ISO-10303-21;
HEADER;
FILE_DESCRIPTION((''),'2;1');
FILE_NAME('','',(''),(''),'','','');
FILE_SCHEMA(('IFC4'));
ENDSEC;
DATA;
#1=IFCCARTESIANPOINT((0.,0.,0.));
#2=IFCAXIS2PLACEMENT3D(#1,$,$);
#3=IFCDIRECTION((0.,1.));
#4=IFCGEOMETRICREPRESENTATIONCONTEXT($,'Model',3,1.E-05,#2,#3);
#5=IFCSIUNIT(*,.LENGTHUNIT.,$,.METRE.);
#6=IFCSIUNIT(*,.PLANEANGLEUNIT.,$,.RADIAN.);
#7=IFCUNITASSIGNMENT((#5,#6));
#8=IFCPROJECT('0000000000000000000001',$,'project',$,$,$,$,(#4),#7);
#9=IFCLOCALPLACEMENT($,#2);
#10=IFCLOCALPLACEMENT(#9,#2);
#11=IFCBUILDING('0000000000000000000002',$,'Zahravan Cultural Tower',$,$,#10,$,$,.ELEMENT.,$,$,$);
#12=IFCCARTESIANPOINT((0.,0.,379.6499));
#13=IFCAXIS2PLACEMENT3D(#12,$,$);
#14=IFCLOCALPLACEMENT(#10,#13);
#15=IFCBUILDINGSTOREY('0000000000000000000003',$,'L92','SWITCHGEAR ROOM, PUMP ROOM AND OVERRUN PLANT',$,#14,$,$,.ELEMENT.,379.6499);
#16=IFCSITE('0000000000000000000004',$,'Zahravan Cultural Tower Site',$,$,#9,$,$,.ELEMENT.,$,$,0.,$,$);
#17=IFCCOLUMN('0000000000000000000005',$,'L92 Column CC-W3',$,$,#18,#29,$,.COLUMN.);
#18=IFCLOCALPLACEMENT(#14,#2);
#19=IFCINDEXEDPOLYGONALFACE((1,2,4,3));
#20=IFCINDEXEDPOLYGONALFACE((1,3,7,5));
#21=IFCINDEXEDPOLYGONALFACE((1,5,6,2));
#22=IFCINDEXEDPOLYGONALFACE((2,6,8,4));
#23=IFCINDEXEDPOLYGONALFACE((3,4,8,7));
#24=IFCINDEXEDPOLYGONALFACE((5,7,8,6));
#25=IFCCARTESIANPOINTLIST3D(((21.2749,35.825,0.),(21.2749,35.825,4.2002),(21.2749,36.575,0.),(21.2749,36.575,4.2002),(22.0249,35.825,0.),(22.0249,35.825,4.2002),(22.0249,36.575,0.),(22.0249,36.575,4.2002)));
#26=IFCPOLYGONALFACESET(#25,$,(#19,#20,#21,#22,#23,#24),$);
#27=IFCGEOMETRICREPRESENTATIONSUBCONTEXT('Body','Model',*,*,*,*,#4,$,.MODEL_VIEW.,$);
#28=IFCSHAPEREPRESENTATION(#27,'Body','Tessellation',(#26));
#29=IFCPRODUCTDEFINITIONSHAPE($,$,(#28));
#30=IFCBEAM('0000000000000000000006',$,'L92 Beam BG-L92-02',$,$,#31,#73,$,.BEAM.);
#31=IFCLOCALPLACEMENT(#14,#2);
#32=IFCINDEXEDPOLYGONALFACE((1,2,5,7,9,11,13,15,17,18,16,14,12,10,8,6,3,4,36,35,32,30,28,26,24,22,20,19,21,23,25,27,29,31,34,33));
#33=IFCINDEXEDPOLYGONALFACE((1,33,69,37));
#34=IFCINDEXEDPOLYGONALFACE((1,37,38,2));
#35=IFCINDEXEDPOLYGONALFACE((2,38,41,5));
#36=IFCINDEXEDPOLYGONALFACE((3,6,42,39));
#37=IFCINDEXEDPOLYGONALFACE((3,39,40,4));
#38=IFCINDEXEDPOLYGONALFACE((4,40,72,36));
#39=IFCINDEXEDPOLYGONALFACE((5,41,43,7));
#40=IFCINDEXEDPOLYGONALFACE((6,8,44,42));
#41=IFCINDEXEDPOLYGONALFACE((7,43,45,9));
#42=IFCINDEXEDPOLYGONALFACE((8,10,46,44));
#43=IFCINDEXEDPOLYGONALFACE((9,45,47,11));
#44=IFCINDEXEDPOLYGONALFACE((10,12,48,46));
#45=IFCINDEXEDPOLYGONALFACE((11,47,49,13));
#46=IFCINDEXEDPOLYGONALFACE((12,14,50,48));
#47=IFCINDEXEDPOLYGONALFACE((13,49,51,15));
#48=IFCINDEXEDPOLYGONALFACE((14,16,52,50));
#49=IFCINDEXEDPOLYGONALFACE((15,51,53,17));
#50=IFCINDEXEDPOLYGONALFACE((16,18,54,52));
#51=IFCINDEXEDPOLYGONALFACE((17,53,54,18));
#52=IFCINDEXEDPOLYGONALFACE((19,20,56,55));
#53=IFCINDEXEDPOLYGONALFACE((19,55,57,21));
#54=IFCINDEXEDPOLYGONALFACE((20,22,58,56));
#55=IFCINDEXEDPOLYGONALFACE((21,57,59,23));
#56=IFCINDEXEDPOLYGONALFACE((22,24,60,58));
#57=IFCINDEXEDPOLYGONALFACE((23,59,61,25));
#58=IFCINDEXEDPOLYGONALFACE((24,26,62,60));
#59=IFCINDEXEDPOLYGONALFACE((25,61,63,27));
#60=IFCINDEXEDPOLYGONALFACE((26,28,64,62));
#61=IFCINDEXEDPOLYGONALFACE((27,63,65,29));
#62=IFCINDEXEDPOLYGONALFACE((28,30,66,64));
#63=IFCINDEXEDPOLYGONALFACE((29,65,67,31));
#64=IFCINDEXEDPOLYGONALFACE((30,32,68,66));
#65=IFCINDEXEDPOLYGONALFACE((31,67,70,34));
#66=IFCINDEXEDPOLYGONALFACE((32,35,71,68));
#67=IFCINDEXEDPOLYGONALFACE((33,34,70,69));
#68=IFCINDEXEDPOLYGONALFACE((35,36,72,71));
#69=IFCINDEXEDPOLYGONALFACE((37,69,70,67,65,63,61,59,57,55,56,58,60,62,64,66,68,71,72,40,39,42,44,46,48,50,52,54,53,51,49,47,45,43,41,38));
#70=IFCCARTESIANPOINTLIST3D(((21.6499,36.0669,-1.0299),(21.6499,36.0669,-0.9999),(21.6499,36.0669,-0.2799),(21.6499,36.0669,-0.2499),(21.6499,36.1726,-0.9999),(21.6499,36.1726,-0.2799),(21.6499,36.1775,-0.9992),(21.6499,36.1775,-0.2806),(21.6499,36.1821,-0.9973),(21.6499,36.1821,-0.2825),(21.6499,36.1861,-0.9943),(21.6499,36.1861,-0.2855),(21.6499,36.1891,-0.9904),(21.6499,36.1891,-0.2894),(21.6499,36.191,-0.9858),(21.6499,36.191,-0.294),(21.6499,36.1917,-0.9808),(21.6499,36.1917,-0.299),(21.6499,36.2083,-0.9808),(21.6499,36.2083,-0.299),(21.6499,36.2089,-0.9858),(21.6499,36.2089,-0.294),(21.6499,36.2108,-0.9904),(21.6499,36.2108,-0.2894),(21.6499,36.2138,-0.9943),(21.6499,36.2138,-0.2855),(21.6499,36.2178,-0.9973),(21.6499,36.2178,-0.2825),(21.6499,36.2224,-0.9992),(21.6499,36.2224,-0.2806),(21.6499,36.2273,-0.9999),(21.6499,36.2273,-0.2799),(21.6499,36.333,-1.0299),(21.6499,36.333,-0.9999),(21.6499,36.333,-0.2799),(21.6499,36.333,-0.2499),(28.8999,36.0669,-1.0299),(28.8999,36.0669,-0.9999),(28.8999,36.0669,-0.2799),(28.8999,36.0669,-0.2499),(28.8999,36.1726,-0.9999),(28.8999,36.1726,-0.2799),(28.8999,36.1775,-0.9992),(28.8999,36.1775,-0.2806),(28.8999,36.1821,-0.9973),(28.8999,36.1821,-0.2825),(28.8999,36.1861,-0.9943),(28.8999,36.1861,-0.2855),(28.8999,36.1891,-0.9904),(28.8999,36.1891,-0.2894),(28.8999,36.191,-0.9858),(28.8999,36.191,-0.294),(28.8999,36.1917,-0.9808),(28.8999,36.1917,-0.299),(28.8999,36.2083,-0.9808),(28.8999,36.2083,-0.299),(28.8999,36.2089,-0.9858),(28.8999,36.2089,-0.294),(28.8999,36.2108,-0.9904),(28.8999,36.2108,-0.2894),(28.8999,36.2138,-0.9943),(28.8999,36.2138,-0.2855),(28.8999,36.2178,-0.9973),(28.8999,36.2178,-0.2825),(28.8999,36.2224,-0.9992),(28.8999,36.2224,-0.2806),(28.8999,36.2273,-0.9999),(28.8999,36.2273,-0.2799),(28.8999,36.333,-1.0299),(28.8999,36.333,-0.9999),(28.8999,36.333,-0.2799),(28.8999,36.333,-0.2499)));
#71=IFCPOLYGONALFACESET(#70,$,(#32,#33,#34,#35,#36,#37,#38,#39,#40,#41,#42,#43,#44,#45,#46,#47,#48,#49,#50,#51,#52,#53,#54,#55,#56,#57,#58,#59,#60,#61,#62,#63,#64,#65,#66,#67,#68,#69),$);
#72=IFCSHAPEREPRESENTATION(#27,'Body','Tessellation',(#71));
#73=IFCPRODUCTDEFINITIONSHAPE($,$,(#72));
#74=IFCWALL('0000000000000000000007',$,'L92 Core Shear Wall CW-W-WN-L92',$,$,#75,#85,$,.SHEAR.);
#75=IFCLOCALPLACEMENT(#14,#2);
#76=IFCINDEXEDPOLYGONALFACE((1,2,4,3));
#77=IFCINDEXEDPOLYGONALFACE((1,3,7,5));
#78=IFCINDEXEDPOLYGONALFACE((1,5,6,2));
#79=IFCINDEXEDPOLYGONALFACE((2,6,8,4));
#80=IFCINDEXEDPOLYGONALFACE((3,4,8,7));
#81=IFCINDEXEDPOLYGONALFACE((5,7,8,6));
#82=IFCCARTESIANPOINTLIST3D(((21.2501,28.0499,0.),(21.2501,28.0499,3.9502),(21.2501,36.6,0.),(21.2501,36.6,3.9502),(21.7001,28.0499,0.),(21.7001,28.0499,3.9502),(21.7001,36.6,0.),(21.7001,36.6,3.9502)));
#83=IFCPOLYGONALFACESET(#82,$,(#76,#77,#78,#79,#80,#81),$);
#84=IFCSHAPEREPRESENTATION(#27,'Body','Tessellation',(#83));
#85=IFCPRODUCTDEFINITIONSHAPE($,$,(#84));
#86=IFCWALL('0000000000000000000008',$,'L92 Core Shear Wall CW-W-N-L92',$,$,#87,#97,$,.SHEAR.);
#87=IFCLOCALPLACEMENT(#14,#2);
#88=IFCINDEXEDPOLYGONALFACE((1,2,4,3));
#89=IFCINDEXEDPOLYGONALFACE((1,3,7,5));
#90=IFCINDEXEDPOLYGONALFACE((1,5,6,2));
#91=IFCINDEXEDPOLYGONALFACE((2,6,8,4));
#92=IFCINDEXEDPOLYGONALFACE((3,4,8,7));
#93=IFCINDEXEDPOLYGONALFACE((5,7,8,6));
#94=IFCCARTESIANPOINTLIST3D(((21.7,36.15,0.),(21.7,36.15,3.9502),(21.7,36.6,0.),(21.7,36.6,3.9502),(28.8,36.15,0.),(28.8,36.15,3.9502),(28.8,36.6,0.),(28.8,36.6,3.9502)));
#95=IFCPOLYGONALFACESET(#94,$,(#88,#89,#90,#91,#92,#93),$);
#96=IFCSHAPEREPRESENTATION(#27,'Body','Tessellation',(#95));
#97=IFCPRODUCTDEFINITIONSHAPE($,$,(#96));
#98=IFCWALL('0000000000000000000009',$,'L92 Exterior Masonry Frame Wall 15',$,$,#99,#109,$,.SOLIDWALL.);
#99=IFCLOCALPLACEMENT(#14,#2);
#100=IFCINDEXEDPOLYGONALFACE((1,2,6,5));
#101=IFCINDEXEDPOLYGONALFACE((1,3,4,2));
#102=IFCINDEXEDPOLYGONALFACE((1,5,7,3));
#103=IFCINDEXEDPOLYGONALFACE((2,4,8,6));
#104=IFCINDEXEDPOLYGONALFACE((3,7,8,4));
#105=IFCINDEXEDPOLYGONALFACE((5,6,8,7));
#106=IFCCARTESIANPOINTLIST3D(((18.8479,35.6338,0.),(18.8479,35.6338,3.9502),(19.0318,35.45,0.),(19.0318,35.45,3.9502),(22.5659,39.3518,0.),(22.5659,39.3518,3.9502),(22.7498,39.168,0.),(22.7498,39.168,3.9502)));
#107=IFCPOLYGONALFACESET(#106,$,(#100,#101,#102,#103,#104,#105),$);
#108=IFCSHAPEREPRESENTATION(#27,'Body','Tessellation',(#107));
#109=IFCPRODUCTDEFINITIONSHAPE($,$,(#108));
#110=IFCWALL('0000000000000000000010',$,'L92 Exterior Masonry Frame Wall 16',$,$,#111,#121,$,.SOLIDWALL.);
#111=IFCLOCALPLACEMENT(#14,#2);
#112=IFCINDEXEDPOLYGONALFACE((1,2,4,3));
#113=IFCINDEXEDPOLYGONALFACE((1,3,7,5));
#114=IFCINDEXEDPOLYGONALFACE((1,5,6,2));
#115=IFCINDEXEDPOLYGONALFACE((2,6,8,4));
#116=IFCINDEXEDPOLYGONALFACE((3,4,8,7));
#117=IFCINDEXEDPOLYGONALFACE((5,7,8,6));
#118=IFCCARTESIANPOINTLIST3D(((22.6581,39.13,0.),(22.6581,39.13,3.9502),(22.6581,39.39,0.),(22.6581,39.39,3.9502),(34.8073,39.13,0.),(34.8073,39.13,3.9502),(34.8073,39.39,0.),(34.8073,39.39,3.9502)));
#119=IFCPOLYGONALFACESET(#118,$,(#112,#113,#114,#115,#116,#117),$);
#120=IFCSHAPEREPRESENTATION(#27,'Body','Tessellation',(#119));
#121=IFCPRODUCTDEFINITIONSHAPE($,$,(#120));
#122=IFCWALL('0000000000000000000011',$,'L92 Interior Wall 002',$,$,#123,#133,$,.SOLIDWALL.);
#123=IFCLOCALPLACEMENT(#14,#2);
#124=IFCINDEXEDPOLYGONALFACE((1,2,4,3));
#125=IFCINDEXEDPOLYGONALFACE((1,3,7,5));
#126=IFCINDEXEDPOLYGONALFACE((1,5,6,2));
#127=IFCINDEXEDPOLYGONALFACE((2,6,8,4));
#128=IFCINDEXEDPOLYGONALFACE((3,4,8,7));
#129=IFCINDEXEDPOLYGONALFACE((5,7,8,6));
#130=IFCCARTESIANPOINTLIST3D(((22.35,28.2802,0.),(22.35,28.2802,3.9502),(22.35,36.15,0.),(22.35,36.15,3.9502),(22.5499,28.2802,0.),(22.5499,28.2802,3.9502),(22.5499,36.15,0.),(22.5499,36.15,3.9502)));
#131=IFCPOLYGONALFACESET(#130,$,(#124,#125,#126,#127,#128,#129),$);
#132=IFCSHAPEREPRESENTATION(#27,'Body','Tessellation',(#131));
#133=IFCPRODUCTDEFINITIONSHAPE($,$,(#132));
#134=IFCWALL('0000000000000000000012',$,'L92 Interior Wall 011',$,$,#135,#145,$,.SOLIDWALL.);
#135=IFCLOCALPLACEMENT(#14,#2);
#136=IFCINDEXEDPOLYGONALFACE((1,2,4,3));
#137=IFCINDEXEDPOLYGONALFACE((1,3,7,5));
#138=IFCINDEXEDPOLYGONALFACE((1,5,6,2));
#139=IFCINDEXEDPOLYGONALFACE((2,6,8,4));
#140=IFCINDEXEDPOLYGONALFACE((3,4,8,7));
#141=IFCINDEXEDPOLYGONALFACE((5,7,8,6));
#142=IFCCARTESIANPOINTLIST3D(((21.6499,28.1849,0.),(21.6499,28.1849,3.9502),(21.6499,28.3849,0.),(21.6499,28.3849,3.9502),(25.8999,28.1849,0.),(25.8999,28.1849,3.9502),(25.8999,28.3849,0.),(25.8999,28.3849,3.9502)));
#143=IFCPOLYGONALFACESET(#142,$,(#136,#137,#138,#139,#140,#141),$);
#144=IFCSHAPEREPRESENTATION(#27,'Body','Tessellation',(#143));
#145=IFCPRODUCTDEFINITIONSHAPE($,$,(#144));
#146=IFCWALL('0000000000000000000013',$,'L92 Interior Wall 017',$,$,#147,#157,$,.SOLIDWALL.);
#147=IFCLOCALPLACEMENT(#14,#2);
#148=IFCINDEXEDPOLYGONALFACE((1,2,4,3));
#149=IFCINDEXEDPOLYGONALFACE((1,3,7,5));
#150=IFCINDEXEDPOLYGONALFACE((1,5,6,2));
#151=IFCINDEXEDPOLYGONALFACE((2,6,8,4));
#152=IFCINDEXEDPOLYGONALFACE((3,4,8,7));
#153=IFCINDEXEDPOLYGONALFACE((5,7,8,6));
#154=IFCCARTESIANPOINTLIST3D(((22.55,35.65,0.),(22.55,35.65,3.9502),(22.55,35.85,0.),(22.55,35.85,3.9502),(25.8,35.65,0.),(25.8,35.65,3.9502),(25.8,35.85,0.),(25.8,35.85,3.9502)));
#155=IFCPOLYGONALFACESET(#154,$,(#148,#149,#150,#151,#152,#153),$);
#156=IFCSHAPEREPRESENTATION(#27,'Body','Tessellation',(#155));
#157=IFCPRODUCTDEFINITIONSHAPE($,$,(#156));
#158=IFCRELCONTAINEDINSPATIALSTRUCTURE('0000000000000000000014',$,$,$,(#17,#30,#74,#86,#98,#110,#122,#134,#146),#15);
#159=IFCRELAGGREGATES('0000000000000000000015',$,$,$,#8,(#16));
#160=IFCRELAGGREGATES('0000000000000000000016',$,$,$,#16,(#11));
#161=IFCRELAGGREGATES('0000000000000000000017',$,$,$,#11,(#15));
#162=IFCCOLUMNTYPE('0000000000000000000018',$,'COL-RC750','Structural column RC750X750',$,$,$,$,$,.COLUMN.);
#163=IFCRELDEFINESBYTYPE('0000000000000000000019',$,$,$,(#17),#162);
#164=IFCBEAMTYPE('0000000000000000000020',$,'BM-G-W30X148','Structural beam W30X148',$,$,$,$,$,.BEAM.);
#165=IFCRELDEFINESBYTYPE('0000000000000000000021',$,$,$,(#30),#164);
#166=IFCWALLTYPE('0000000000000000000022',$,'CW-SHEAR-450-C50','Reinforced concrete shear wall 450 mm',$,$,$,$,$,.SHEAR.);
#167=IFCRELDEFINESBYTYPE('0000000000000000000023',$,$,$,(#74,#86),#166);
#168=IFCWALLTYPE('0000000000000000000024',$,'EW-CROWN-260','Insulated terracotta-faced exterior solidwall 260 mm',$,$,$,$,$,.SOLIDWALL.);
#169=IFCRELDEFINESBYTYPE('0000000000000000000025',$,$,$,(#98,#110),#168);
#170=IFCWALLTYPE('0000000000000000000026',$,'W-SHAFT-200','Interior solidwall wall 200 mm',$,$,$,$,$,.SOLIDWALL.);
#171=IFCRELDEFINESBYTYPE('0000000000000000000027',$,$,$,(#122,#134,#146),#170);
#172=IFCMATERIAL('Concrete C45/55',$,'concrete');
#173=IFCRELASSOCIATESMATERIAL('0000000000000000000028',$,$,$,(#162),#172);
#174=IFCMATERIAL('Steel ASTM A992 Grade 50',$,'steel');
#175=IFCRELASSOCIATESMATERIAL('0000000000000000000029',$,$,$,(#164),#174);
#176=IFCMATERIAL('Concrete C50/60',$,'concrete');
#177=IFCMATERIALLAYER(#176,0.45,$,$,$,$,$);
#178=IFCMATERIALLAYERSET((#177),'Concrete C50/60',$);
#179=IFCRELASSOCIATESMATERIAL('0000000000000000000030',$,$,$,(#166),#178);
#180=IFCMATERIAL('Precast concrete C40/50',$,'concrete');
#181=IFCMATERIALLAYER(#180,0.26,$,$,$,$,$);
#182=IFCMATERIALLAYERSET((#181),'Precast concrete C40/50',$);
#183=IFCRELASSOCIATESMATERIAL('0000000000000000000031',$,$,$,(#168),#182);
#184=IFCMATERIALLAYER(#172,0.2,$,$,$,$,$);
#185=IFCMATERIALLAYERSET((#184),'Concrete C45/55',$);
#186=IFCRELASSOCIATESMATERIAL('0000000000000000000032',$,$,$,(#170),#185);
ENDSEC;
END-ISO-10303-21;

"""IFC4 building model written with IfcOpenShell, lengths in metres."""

from ifc_helpers import new_model, si_unit, direction, frame, frame_2d, origin, origin_2d, place, context, subcontext, project, spatial, rectangle, i_section, extrude, source, transform, mapped, material, layer, layer_set, material_profile, profile_set, type_object, element, save


model = new_model("IFC4")

# Units and contexts
model_context = context("Model", 3, precision=1e-05, world=origin(), true_north=direction((0.0, 1.0)))
body_context = subcontext(model_context, "Body", "Model", "MODEL_VIEW")
ifc_project = project(units=[si_unit("LENGTHUNIT", "METRE"), si_unit("PLANEANGLEUNIT", "RADIAN")], contexts=[model_context])

# Site, building, storey
site_placement = place(None, origin())
site = spatial("IfcSite", under=ifc_project, at=site_placement, Name="Zahravan Cultural Tower Site", CompositionType="ELEMENT", RefElevation=0.0)
building_placement = place(site_placement, origin())
building = spatial("IfcBuilding", under=site, at=building_placement, Name="Zahravan Cultural Tower", CompositionType="ELEMENT")
storey_placement = place(building_placement, frame((0.0, 0.0, 379.6499)))
storey = spatial("IfcBuildingStorey", under=building, at=storey_placement, Name="L92", Description="SWITCHGEAR ROOM, PUMP ROOM AND OVERRUN PLANT", CompositionType="ELEMENT", Elevation=379.6499)

# Column
ifc_material_1 = material(Name="Concrete C45/55", Category="concrete")
ifc_material_profile_1 = material_profile(ifc_material_1, rectangle(XDim=0.75, YDim=0.75, at=origin_2d()), Name="RC750X750")
ifc_profile_set_1 = profile_set([ifc_material_profile_1], Name="Concrete C45/55")
column_type = type_object("IfcColumnType", Name="COL-RC750", Description="Structural column RC750X750", PredefinedType="COLUMN", material=ifc_profile_set_1)
shared_shape_1 = source(origin(), body_context, "Body", "SweptSolid", [
    extrude(rectangle(XDim=0.75, YDim=0.75, at=origin_2d()), origin(), (0.0, 0.0, 1.0), 4.2002),
])
column_placement = place(storey_placement, frame((21.6499, 36.2, 0.0), z_axis=(0.0, 0.0, 1.0), x_axis=(1.0, 0.0, 0.0)))
element("IfcColumn", 1, at=column_placement, inside=storey, type_object=column_type, Name="L92 Column CC-W3", PredefinedType="COLUMN", context=body_context, shape_type="MappedRepresentation", body=[
    mapped(shared_shape_1, transform((0.0, 0.0, 0.0), x_axis=(1.0, 0.0, 0.0), y_axis=(0.0, 1.0, 0.0), z_axis=(0.0, 0.0, 1.0), scale=1.0)),
])

# Beam
ifc_material_2 = material(Name="Steel ASTM A992 Grade 50", Category="steel")
ifc_material_profile_2 = material_profile(ifc_material_2, i_section(OverallWidth=0.2661, OverallDepth=0.78, WebThickness=0.0166, FlangeThickness=0.03, FilletRadius=0.019, at=origin_2d()), Name="W30X148")
ifc_profile_set_2 = profile_set([ifc_material_profile_2], Name="Steel ASTM A992 Grade 50")
beam_type = type_object("IfcBeamType", Name="BM-G-W30X148", Description="Structural beam W30X148", PredefinedType="BEAM", material=ifc_profile_set_2)
shared_shape_2 = source(origin(), body_context, "Body", "SweptSolid", [
    extrude(i_section(OverallWidth=0.2661, OverallDepth=0.78, WebThickness=0.0166, FlangeThickness=0.03, FilletRadius=0.019, at=origin_2d()), origin(), (0.0, 0.0, 1.0), 7.25),
])
beam_placement = place(storey_placement, frame((21.6499, 36.2, -0.6399), z_axis=(1.0, 0.0, 0.0), x_axis=(0.0, 1.0, 0.0)))
element("IfcBeam", 2, at=beam_placement, inside=storey, type_object=beam_type, Name="L92 Beam BG-L92-02", PredefinedType="BEAM", context=body_context, shape_type="MappedRepresentation", body=[
    mapped(shared_shape_2, transform((0.0, 0.0, 0.0), x_axis=(1.0, 0.0, 0.0), y_axis=(0.0, 1.0, 0.0), z_axis=(0.0, 0.0, 1.0), scale=1.0)),
])

# Walls
ifc_material_3 = material(Name="Concrete C50/60", Category="concrete")
ifc_layer_1 = layer(ifc_material_3, 0.45)
ifc_layer_set_1 = layer_set([ifc_layer_1], Name="Concrete C50/60")
wall_type_1 = type_object("IfcWallType", Name="CW-SHEAR-450-C50", Description="Reinforced concrete shear wall 450 mm", PredefinedType="SHEAR", material=ifc_layer_set_1)
shared_shape_3 = source(origin(), body_context, "Body", "SweptSolid", [
    extrude(rectangle(XDim=8.55, YDim=0.45, at=frame_2d((4.2749, 0.0))), origin(), (0.0, 0.0, 1.0), 3.9502),
])
wall_1_placement = place(storey_placement, frame((21.4751, 28.05, 0.0), z_axis=(0.0, 0.0, 1.0), x_axis=(0.0, 1.0, 0.0)))
element("IfcWall", 3, at=wall_1_placement, inside=storey, type_object=wall_type_1, Name="L92 Core Shear Wall CW-W-WN-L92", PredefinedType="SHEAR", context=body_context, shape_type="MappedRepresentation", body=[
    mapped(shared_shape_3, transform((0.0, 0.0, 0.0), x_axis=(1.0, 0.0, 0.0), y_axis=(0.0, 1.0, 0.0), z_axis=(0.0, 0.0, 1.0), scale=1.0)),
])
shared_shape_4 = source(origin(), body_context, "Body", "SweptSolid", [
    extrude(rectangle(XDim=7.1001, YDim=0.45, at=frame_2d((3.55, 0.0))), origin(), (0.0, 0.0, 1.0), 3.9502),
])
wall_2_placement = place(storey_placement, frame((21.7, 36.375, 0.0), z_axis=(0.0, 0.0, 1.0), x_axis=(1.0, 0.0, 0.0)))
element("IfcWall", 4, at=wall_2_placement, inside=storey, type_object=wall_type_1, Name="L92 Core Shear Wall CW-W-N-L92", PredefinedType="SHEAR", context=body_context, shape_type="MappedRepresentation", body=[
    mapped(shared_shape_4, transform((0.0, 0.0, 0.0), x_axis=(1.0, 0.0, 0.0), y_axis=(0.0, 1.0, 0.0), z_axis=(0.0, 0.0, 1.0), scale=1.0)),
])
ifc_material_4 = material(Name="Precast concrete C40/50", Category="concrete")
ifc_layer_2 = layer(ifc_material_4, 0.26)
ifc_layer_set_2 = layer_set([ifc_layer_2], Name="Precast concrete C40/50")
wall_type_2 = type_object("IfcWallType", Name="EW-CROWN-260", Description="Insulated terracotta-faced exterior solidwall 260 mm", PredefinedType="SOLIDWALL", material=ifc_layer_set_2)
shared_shape_5 = source(origin(), body_context, "Body", "SweptSolid", [
    extrude(rectangle(XDim=5.2581, YDim=0.26, at=frame_2d((2.6289, 0.0))), origin(), (0.0, 0.0, 1.0), 3.9502),
])
wall_3_placement = place(storey_placement, frame((18.9399, 35.542, 0.0), z_axis=(0.0, 0.0, 1.0), x_axis=(0.707107, 0.707107, 0.0)))
element("IfcWall", 5, at=wall_3_placement, inside=storey, type_object=wall_type_2, Name="L92 Exterior Masonry Frame Wall 15", PredefinedType="SOLIDWALL", context=body_context, shape_type="MappedRepresentation", body=[
    mapped(shared_shape_5, transform((0.0, 0.0, 0.0), x_axis=(1.0, 0.0, 0.0), y_axis=(0.0, 1.0, 0.0), z_axis=(0.0, 0.0, 1.0), scale=1.0)),
])
shared_shape_6 = source(origin(), body_context, "Body", "SweptSolid", [
    extrude(rectangle(XDim=12.1492, YDim=0.26, at=frame_2d((6.0747, 0.0))), origin(), (0.0, 0.0, 1.0), 3.9502),
])
wall_4_placement = place(storey_placement, frame((22.658, 39.26, 0.0), z_axis=(0.0, 0.0, 1.0), x_axis=(1.0, 0.0, 0.0)))
element("IfcWall", 6, at=wall_4_placement, inside=storey, type_object=wall_type_2, Name="L92 Exterior Masonry Frame Wall 16", PredefinedType="SOLIDWALL", context=body_context, shape_type="MappedRepresentation", body=[
    mapped(shared_shape_6, transform((0.0, 0.0, 0.0), x_axis=(1.0, 0.0, 0.0), y_axis=(0.0, 1.0, 0.0), z_axis=(0.0, 0.0, 1.0), scale=1.0)),
])
ifc_layer_3 = layer(ifc_material_1, 0.2)
ifc_layer_set_3 = layer_set([ifc_layer_3], Name="Concrete C45/55")
wall_type_3 = type_object("IfcWallType", Name="W-SHAFT-200", Description="Interior solidwall wall 200 mm", PredefinedType="SOLIDWALL", material=ifc_layer_set_3)
shared_shape_7 = source(origin(), body_context, "Body", "SweptSolid", [
    extrude(rectangle(XDim=7.8699, YDim=0.2, at=frame_2d((3.9351, 0.0))), origin(), (0.0, 0.0, 1.0), 3.9502),
])
wall_5_placement = place(storey_placement, frame((22.45, 28.28, 0.0), z_axis=(0.0, 0.0, 1.0), x_axis=(0.0, 1.0, 0.0)))
element("IfcWall", 7, at=wall_5_placement, inside=storey, type_object=wall_type_3, Name="L92 Interior Wall 002", PredefinedType="SOLIDWALL", context=body_context, shape_type="MappedRepresentation", body=[
    mapped(shared_shape_7, transform((0.0, 0.0, 0.0), x_axis=(1.0, 0.0, 0.0), y_axis=(0.0, 1.0, 0.0), z_axis=(0.0, 0.0, 1.0), scale=1.0)),
])
shared_shape_8 = source(origin(), body_context, "Body", "SweptSolid", [
    extrude(rectangle(XDim=4.25, YDim=0.2, at=frame_2d((2.125, 0.0))), origin(), (0.0, 0.0, 1.0), 3.9502),
])
wall_6_placement = place(storey_placement, frame((21.6499, 28.2849, 0.0), z_axis=(0.0, 0.0, 1.0), x_axis=(1.0, 0.0, 0.0)))
element("IfcWall", 8, at=wall_6_placement, inside=storey, type_object=wall_type_3, Name="L92 Interior Wall 011", PredefinedType="SOLIDWALL", context=body_context, shape_type="MappedRepresentation", body=[
    mapped(shared_shape_8, transform((0.0, 0.0, 0.0), x_axis=(1.0, 0.0, 0.0), y_axis=(0.0, 1.0, 0.0), z_axis=(0.0, 0.0, 1.0), scale=1.0)),
])
shared_shape_9 = source(origin(), body_context, "Body", "SweptSolid", [
    extrude(rectangle(XDim=3.25, YDim=0.2, at=frame_2d((1.625, 0.0))), origin(), (0.0, 0.0, 1.0), 3.9502),
])
wall_7_placement = place(storey_placement, frame((22.55, 35.75, 0.0), z_axis=(0.0, 0.0, 1.0), x_axis=(1.0, 0.0, 0.0)))
element("IfcWall", 9, at=wall_7_placement, inside=storey, type_object=wall_type_3, Name="L92 Interior Wall 017", PredefinedType="SOLIDWALL", context=body_context, shape_type="MappedRepresentation", body=[
    mapped(shared_shape_9, transform((0.0, 0.0, 0.0), x_axis=(1.0, 0.0, 0.0), y_axis=(0.0, 1.0, 0.0), z_axis=(0.0, 0.0, 1.0), scale=1.0)),
])

save(model, "model.ifc")
